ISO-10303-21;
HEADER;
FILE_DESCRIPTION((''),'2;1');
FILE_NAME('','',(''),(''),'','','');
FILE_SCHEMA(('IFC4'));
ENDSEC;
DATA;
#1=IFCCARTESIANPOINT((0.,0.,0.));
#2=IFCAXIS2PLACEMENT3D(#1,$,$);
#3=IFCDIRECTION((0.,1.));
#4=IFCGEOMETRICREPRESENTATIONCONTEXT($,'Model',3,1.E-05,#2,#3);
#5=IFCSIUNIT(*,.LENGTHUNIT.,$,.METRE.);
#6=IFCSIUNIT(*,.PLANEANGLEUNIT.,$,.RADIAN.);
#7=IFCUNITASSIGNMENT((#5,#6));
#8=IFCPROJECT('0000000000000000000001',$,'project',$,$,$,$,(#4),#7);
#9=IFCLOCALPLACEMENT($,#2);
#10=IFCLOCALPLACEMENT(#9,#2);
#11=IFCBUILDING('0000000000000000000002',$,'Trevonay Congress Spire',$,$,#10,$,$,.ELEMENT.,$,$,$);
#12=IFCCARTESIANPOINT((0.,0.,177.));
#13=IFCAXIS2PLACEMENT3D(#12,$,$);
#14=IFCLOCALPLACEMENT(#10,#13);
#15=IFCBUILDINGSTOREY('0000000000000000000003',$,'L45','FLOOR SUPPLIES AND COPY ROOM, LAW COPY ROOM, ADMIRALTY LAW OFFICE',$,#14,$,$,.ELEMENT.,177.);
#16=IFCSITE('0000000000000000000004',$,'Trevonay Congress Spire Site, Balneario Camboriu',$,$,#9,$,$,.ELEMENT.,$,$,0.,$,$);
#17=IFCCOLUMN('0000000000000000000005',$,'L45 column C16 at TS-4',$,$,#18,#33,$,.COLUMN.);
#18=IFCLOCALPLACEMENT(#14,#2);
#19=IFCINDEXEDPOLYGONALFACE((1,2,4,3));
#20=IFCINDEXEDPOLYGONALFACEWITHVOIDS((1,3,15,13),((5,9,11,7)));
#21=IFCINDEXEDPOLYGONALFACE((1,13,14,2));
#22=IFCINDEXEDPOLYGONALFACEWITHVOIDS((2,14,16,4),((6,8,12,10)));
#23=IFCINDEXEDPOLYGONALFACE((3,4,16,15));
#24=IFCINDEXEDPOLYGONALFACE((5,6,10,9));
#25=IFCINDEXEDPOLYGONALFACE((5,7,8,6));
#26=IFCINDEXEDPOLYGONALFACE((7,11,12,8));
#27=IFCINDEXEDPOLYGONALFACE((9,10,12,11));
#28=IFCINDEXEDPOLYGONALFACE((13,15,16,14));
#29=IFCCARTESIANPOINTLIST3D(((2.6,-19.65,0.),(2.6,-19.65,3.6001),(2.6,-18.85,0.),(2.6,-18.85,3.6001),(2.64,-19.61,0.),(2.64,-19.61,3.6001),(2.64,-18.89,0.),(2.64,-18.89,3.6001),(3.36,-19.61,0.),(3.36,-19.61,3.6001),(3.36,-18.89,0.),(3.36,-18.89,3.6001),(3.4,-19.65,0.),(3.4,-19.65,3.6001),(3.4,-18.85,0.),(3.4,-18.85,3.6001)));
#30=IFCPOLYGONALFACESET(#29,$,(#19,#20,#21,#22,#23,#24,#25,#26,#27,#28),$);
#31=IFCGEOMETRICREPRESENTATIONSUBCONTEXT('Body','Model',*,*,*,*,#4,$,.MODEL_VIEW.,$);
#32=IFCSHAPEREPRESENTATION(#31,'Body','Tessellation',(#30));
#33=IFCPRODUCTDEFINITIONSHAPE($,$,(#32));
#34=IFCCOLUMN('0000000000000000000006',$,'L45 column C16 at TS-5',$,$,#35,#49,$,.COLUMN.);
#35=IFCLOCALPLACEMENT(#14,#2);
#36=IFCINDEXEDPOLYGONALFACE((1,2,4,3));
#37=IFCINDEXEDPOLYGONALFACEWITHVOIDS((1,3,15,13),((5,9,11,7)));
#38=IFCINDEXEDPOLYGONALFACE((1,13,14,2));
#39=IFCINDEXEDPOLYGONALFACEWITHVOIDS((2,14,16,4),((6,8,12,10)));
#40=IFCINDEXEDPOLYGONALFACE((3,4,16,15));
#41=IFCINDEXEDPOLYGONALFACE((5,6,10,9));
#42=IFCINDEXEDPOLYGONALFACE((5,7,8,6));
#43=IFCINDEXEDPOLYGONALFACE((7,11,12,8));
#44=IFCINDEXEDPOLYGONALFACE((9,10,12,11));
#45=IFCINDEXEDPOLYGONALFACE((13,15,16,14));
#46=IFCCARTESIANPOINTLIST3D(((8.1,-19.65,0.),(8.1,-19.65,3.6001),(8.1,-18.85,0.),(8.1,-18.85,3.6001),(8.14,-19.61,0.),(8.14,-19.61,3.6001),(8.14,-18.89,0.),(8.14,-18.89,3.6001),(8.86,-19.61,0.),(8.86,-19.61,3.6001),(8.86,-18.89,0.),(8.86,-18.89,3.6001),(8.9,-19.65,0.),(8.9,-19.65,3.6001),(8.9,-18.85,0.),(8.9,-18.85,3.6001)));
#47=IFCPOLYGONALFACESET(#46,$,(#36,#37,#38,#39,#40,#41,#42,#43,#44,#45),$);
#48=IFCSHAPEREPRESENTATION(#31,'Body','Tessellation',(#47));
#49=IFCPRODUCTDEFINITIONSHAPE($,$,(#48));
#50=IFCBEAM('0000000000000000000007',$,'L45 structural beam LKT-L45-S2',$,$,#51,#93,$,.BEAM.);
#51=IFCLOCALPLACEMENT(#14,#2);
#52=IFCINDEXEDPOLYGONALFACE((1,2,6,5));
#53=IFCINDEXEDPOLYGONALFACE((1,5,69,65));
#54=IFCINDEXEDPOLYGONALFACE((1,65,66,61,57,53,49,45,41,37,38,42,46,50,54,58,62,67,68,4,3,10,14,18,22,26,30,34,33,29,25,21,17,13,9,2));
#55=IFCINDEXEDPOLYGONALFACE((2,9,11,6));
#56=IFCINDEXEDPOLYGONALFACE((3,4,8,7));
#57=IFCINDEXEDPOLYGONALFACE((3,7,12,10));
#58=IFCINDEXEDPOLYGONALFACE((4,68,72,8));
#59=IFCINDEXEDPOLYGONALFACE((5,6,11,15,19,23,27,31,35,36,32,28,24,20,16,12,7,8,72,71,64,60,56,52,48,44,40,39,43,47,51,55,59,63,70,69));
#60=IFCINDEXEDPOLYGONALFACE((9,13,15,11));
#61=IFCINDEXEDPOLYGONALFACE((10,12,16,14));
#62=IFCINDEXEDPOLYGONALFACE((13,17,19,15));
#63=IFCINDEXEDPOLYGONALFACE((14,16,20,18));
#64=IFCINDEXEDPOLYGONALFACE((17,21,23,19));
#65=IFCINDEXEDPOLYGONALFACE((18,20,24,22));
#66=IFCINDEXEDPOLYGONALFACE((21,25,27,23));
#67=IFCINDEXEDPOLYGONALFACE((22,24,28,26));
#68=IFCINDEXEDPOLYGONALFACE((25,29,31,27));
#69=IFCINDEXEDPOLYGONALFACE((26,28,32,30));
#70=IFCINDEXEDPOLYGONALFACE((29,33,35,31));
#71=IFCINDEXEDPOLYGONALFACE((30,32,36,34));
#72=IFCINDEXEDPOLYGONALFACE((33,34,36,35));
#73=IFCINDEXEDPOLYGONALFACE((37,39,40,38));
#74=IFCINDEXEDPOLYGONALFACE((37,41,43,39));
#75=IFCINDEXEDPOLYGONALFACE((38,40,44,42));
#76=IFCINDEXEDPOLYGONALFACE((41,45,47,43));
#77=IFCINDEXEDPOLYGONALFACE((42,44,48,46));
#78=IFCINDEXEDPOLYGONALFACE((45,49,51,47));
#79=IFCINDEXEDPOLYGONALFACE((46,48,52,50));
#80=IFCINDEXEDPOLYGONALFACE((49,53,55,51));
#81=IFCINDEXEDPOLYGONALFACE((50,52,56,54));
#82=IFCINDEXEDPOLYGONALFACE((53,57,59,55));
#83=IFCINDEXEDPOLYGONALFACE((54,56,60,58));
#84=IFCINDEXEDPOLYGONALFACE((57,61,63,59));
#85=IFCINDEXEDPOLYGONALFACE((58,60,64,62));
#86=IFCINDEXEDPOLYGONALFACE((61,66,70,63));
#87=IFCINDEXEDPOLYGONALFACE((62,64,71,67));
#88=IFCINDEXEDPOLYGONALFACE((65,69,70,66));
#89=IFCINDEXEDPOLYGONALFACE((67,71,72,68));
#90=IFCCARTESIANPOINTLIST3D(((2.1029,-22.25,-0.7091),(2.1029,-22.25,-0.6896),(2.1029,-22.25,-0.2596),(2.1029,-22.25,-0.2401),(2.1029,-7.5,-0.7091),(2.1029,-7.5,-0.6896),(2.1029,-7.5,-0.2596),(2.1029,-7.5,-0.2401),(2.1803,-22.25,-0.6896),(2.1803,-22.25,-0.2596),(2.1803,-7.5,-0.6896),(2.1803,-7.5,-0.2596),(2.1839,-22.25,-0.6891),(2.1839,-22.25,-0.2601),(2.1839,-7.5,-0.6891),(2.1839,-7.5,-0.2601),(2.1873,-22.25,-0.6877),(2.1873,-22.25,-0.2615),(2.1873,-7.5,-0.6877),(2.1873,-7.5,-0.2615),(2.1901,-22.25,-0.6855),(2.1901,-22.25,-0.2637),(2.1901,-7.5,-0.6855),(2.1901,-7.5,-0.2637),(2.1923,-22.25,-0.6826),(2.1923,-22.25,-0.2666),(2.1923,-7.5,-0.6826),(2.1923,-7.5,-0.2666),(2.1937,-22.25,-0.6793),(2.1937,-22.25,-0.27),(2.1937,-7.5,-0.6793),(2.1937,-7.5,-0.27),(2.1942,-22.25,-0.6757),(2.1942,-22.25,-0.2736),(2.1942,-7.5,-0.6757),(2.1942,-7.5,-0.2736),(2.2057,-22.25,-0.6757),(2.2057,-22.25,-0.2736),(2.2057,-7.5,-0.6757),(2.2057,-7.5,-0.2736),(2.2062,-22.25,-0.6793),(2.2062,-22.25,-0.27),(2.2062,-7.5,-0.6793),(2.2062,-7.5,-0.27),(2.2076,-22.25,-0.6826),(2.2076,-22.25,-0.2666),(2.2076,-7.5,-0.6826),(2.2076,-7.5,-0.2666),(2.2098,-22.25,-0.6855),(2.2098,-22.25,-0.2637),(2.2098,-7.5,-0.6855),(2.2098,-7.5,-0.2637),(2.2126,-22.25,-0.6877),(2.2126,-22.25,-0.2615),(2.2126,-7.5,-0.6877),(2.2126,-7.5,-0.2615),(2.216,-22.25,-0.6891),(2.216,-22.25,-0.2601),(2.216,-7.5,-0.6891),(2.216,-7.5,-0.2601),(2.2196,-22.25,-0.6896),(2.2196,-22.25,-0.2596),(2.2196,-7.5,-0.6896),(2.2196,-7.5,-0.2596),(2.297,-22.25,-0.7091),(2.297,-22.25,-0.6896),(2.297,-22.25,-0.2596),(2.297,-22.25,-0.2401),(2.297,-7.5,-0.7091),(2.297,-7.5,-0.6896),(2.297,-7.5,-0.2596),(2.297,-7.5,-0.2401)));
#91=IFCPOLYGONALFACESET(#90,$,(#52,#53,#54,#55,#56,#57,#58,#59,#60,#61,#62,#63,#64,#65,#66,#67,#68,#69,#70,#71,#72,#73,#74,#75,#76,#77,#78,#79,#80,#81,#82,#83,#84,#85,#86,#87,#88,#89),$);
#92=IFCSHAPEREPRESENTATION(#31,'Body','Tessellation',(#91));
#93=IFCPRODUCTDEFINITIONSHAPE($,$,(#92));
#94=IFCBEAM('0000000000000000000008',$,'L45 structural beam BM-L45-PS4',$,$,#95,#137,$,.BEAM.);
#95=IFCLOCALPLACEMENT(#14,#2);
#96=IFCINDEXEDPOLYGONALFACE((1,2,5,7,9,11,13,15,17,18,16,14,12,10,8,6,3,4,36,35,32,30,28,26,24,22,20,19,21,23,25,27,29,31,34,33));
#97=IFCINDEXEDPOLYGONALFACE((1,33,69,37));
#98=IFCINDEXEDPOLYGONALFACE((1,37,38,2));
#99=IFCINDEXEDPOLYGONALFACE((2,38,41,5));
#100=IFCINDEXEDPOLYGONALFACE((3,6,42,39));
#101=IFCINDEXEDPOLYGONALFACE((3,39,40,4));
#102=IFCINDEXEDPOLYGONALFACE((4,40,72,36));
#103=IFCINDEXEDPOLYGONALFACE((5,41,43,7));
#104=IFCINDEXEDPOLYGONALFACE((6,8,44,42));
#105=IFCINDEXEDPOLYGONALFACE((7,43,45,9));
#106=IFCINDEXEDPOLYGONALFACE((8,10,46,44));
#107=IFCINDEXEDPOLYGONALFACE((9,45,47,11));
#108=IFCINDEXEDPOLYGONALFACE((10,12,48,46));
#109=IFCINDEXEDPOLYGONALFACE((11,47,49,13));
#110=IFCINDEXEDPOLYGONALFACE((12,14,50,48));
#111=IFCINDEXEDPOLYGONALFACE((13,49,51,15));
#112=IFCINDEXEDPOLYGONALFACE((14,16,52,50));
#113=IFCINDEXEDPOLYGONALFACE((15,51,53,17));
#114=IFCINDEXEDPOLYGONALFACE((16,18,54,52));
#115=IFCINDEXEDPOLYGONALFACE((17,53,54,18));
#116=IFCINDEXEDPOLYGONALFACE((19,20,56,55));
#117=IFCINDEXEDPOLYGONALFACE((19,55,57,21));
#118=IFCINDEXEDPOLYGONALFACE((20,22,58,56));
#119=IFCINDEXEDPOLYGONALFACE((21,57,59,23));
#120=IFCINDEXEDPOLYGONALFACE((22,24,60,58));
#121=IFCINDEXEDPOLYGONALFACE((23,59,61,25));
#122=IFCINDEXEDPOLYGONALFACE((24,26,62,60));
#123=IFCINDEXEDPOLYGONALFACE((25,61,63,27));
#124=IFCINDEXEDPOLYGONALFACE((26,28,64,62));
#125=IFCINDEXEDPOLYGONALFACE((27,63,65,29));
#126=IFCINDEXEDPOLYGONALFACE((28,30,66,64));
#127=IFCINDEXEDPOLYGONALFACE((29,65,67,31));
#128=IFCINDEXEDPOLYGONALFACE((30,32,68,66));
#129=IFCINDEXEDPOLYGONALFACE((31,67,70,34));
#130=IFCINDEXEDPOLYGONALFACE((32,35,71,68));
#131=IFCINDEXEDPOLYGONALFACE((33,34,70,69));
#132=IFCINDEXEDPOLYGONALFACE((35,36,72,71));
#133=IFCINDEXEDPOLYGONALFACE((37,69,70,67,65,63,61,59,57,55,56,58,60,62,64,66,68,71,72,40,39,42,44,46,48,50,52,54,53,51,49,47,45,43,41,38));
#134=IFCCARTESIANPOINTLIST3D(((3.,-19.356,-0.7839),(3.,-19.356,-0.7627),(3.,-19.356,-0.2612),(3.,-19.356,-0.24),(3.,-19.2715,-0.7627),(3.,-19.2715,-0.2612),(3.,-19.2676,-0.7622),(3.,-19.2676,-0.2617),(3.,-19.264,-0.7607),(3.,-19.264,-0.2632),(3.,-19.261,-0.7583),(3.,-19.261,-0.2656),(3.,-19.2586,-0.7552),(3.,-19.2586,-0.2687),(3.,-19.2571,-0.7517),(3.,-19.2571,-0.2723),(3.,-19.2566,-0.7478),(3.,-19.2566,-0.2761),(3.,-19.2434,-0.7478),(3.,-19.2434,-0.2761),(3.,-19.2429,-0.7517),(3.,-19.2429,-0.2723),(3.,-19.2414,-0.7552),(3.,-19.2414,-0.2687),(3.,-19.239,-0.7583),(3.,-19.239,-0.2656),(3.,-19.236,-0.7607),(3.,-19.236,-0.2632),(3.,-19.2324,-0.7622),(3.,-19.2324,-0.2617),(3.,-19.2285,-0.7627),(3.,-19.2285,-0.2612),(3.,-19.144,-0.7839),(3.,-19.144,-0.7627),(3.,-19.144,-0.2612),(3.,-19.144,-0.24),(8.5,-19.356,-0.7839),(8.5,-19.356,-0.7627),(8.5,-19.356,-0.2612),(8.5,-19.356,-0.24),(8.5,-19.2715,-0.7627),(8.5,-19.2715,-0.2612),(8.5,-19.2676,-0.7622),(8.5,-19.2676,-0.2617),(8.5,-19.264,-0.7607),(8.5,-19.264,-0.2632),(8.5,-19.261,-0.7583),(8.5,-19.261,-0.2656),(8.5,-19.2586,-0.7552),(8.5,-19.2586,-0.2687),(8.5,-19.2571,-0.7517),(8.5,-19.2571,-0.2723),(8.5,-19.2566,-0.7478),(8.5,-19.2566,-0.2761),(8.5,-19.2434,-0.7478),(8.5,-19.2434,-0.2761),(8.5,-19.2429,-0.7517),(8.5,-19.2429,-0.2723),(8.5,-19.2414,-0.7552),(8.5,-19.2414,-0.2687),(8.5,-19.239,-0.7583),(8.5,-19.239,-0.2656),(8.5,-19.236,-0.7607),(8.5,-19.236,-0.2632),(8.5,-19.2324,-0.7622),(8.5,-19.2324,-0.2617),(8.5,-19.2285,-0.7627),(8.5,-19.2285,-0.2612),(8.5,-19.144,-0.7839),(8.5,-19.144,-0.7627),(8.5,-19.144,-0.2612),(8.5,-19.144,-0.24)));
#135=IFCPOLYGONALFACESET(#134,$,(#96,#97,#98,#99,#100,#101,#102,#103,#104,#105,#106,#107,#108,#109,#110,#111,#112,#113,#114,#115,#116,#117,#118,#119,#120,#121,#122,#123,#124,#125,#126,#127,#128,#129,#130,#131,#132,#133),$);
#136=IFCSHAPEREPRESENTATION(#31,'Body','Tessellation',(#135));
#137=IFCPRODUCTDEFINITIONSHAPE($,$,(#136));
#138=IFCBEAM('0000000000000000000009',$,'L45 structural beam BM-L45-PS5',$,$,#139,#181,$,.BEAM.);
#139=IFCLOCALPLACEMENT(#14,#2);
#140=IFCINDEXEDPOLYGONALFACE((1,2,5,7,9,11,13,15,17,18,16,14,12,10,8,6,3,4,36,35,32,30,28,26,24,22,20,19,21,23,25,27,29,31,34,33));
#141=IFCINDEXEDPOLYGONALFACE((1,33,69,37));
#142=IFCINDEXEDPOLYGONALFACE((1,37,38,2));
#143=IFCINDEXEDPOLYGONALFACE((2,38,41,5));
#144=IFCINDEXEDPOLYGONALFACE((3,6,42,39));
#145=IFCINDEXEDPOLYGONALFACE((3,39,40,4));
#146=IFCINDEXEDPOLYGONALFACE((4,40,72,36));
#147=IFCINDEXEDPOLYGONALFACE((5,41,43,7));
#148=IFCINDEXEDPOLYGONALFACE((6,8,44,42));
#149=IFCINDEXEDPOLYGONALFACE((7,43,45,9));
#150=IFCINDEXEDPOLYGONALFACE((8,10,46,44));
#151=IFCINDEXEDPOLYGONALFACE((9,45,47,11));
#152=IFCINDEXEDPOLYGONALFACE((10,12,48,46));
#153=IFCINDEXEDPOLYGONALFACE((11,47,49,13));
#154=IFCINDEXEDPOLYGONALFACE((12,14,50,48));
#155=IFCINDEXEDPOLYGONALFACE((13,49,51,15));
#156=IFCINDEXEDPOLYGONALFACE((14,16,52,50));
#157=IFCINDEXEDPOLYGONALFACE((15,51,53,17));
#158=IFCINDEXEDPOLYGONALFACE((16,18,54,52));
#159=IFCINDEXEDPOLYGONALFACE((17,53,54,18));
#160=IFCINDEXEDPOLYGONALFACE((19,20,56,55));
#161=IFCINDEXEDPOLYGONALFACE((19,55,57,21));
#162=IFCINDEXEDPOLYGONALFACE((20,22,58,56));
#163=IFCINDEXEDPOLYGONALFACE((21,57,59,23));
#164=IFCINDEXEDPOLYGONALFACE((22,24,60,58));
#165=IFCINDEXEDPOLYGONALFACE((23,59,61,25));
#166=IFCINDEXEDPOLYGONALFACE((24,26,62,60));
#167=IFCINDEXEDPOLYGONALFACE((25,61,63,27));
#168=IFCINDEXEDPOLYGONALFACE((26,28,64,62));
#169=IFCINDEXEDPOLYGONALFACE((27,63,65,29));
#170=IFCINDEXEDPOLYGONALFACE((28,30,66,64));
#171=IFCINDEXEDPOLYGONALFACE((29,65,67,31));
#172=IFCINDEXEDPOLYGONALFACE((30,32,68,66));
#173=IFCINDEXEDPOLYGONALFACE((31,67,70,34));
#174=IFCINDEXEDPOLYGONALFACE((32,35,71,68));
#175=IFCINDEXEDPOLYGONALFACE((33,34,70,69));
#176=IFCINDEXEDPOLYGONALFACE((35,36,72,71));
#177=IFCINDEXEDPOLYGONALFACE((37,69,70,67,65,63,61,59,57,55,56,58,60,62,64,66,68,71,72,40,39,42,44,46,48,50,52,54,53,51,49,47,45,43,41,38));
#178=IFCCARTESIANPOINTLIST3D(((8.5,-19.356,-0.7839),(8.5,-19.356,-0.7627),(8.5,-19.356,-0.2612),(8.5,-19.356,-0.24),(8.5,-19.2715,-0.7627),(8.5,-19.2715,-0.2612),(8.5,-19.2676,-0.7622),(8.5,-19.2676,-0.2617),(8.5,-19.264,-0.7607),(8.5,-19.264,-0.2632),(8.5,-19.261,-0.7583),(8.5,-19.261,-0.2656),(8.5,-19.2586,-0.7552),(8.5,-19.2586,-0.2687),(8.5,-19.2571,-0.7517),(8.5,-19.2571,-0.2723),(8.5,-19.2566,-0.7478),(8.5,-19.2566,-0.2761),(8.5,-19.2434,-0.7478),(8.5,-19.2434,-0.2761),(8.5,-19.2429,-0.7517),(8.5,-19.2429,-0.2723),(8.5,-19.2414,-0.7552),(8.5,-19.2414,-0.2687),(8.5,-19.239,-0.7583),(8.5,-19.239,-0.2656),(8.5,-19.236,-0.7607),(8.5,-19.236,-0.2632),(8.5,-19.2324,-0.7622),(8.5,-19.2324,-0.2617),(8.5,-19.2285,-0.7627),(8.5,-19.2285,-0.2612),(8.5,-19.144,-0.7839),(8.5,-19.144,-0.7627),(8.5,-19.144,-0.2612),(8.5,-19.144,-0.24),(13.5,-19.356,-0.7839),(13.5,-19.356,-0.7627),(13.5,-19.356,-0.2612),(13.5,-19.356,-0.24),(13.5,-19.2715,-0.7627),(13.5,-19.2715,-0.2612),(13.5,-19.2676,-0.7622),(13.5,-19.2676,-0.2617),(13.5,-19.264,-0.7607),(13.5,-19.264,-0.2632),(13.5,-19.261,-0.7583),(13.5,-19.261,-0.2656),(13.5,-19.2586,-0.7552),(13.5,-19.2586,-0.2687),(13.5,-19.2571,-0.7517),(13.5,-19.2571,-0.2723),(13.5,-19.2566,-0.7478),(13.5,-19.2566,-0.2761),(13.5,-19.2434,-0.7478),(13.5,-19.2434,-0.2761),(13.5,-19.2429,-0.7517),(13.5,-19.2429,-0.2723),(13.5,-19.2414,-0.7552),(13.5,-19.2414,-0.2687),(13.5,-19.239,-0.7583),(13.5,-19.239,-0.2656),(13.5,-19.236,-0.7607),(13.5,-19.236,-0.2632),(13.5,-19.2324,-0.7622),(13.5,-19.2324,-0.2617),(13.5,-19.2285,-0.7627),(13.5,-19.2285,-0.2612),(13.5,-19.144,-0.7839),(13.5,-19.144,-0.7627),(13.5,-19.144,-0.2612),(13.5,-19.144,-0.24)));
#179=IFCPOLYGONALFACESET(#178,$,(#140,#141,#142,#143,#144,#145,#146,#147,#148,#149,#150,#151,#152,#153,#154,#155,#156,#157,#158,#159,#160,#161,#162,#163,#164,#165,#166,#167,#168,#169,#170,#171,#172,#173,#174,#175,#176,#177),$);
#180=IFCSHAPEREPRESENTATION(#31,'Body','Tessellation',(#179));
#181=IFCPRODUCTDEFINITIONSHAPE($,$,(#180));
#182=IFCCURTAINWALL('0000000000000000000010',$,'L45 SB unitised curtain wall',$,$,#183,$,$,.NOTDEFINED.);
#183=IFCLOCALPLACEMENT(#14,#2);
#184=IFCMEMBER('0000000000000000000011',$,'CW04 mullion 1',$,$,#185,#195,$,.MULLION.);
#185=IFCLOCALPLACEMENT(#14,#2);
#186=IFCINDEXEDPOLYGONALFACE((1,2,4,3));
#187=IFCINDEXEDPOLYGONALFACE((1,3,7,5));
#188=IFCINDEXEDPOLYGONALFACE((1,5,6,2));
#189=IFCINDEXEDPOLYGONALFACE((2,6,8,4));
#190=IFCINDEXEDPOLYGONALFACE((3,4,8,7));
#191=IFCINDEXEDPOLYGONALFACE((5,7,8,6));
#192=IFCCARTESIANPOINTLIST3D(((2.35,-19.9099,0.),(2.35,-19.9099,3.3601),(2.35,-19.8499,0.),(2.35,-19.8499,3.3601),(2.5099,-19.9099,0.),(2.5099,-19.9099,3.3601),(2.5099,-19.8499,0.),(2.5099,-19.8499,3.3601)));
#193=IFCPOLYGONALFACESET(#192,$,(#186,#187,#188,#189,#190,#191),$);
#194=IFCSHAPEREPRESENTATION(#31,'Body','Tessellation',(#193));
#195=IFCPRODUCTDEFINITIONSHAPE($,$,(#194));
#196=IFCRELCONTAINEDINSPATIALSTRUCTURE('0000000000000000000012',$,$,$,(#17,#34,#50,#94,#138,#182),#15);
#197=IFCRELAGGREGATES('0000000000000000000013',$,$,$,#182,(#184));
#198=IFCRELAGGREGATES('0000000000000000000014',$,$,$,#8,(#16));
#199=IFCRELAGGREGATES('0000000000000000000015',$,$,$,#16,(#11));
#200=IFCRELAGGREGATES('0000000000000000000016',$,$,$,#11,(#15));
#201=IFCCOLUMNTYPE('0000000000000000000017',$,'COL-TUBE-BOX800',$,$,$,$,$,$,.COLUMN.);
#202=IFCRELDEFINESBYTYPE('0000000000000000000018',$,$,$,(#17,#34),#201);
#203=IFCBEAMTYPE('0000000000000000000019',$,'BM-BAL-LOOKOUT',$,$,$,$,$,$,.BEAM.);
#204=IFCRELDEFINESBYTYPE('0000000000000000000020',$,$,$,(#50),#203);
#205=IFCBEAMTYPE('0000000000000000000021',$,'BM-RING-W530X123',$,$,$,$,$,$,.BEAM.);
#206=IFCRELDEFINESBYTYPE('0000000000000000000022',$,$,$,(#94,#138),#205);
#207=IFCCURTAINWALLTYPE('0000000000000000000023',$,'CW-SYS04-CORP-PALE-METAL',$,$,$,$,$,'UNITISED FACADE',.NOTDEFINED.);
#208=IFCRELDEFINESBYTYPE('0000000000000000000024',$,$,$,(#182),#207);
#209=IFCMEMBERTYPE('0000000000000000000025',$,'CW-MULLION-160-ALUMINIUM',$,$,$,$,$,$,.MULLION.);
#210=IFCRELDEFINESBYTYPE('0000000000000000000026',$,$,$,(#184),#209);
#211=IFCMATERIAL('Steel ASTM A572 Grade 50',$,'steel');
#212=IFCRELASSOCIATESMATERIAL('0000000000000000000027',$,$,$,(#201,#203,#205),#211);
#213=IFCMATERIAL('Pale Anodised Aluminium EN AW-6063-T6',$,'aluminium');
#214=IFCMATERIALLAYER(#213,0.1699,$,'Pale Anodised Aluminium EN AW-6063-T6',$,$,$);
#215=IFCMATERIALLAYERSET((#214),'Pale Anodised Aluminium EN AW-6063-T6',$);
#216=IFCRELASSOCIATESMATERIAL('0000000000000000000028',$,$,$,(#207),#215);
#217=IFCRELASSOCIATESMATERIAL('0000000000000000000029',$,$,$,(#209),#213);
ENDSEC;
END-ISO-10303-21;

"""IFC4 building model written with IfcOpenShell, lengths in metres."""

from ifc_helpers import new_model, si_unit, direction, frame, origin, origin_2d, place, context, subcontext, project, spatial, rectangle, hollow_rectangle, i_section, extrude, material, layer, layer_set, material_profile, profile_set, type_object, element, aggregate, save


model = new_model("IFC4")

# Units and contexts
model_context = context("Model", 3, precision=1e-05, world=origin(), true_north=direction((0.0, 1.0)))
body_context = subcontext(model_context, "Body", "Model", "MODEL_VIEW")
ifc_project = project(units=[si_unit("LENGTHUNIT", "METRE"), si_unit("PLANEANGLEUNIT", "RADIAN")], contexts=[model_context])

# Site, building, storey
site_placement = place(None, origin())
site = spatial("IfcSite", under=ifc_project, at=site_placement, Name="Trevonay Congress Spire Site, Balneario Camboriu", CompositionType="ELEMENT", RefElevation=0.0)
building_placement = place(site_placement, origin())
building = spatial("IfcBuilding", under=site, at=building_placement, Name="Trevonay Congress Spire", CompositionType="ELEMENT")
storey_placement = place(building_placement, frame((0.0, 0.0, 177.0)))
storey = spatial("IfcBuildingStorey", under=building, at=storey_placement, Name="L45", Description="FLOOR SUPPLIES AND COPY ROOM, LAW COPY ROOM, ADMIRALTY LAW OFFICE", CompositionType="ELEMENT", Elevation=177.0)

# Columns
ifc_material_1 = material(Name="Steel ASTM A572 Grade 50", Category="steel")
ifc_material_profile_1 = material_profile(ifc_material_1, hollow_rectangle(XDim=0.8, YDim=0.8, WallThickness=0.04, at=origin_2d()), Name="BOX 800x800x40")
ifc_profile_set_1 = profile_set([ifc_material_profile_1], Name="Steel ASTM A572 Grade 50")
column_type = type_object("IfcColumnType", Name="COL-TUBE-BOX800", PredefinedType="COLUMN", material=ifc_profile_set_1)
for number, where, z_axis, x_axis, name in (
    (1, (3.0, -19.25, 0.0), (0.0, 0.0, 1.0), (1.0, 0.0, 0.0), "L45 column C16 at TS-4"),
    (2, (8.5, -19.25, 0.0), (0.0, 0.0, 1.0), (1.0, 0.0, 0.0), "L45 column C16 at TS-5"),
):
    element("IfcColumn", number, at=place(storey_placement, frame(where, z_axis=z_axis, x_axis=x_axis)), inside=storey, type_object=column_type, Name=name, PredefinedType="COLUMN", context=body_context, shape_type="SweptSolid", body=[
        extrude(hollow_rectangle(XDim=0.8, YDim=0.8, WallThickness=0.04, at=origin_2d()), origin(), (0.0, 0.0, 1.0), 3.6001),
    ])

# Beams
ifc_material_profile_2 = material_profile(ifc_material_1, i_section(OverallWidth=0.1941, OverallDepth=0.469, WebThickness=0.0115, FlangeThickness=0.0195, FilletRadius=0.0139, at=origin_2d()), Name="W460x106")
ifc_profile_set_2 = profile_set([ifc_material_profile_2], Name="Steel ASTM A572 Grade 50")
beam_type_1 = type_object("IfcBeamType", Name="BM-BAL-LOOKOUT", PredefinedType="BEAM", material=ifc_profile_set_2)
beam_1_placement = place(storey_placement, frame((2.2, -7.5, -0.4746), z_axis=(0.0, -1.0, 0.0), x_axis=(1.0, 0.0, 0.0)))
element("IfcBeam", 3, at=beam_1_placement, inside=storey, type_object=beam_type_1, Name="L45 structural beam LKT-L45-S2", PredefinedType="BEAM", context=body_context, shape_type="SweptSolid", body=[
    extrude(i_section(OverallWidth=0.1941, OverallDepth=0.469, WebThickness=0.0115, FlangeThickness=0.0195, FilletRadius=0.0139, at=origin_2d()), origin(), (0.0, 0.0, 1.0), 14.75),
])
ifc_material_profile_3 = material_profile(ifc_material_1, i_section(OverallWidth=0.2119, OverallDepth=0.5439, WebThickness=0.0132, FlangeThickness=0.0212, FilletRadius=0.0149, at=origin_2d()), Name="W530x123")
ifc_profile_set_3 = profile_set([ifc_material_profile_3], Name="Steel ASTM A572 Grade 50")
beam_type_2 = type_object("IfcBeamType", Name="BM-RING-W530X123", PredefinedType="BEAM", material=ifc_profile_set_3)
beam_2_placement = place(storey_placement, frame((3.0, -19.25, -0.512), z_axis=(1.0, 0.0, 0.0), x_axis=(0.0, 1.0, 0.0)))
element("IfcBeam", 4, at=beam_2_placement, inside=storey, type_object=beam_type_2, Name="L45 structural beam BM-L45-PS4", PredefinedType="BEAM", context=body_context, shape_type="SweptSolid", body=[
    extrude(i_section(OverallWidth=0.2119, OverallDepth=0.5439, WebThickness=0.0132, FlangeThickness=0.0212, FilletRadius=0.0149, at=origin_2d()), origin(), (0.0, 0.0, 1.0), 5.5),
])
beam_3_placement = place(storey_placement, frame((8.5, -19.25, -0.512), z_axis=(1.0, 0.0, 0.0), x_axis=(0.0, 1.0, 0.0)))
element("IfcBeam", 5, at=beam_3_placement, inside=storey, type_object=beam_type_2, Name="L45 structural beam BM-L45-PS5", PredefinedType="BEAM", context=body_context, shape_type="SweptSolid", body=[
    extrude(i_section(OverallWidth=0.2119, OverallDepth=0.5439, WebThickness=0.0132, FlangeThickness=0.0212, FilletRadius=0.0149, at=origin_2d()), origin(), (0.0, 0.0, 1.0), 5.0),
])

# Curtain wall, member
ifc_material_2 = material(Name="Pale Anodised Aluminium EN AW-6063-T6", Category="aluminium")
ifc_layer_1 = layer(ifc_material_2, 0.1699, Name="Pale Anodised Aluminium EN AW-6063-T6")
ifc_layer_set_1 = layer_set([ifc_layer_1], Name="Pale Anodised Aluminium EN AW-6063-T6")
curtain_wall_type = type_object("IfcCurtainWallType", Name="CW-SYS04-CORP-PALE-METAL", ElementType="UNITISED FACADE", PredefinedType="NOTDEFINED", material=ifc_layer_set_1)
curtain_wall_placement = place(storey_placement, origin())
curtain_wall = element("IfcCurtainWall", 6, at=curtain_wall_placement, inside=storey, type_object=curtain_wall_type, Name="L45 SB unitised curtain wall", PredefinedType="NOTDEFINED")
ifc_material_profile_4 = material_profile(ifc_material_2, rectangle(XDim=0.0601, YDim=0.1599, at=origin_2d()), Name="CW-MULLION-160-ALUMINIUM")
ifc_profile_set_4 = profile_set([ifc_material_profile_4], Name="Pale Anodised Aluminium EN AW-6063-T6")
member_type_1 = type_object("IfcMemberType", Name="CW-MULLION-160-ALUMINIUM", PredefinedType="MULLION", material=ifc_profile_set_4)
member_1_placement = place(storey_placement, frame((2.4299, -19.8799, 0.0), z_axis=(0.0, 0.0, 1.0), x_axis=(0.0, 1.0, 0.0)))
member_1 = element("IfcMember", 7, at=member_1_placement, type_object=member_type_1, Name="CW04 mullion 1", PredefinedType="MULLION", context=body_context, shape_type="SweptSolid", body=[
    extrude(rectangle(XDim=0.0601, YDim=0.1599, at=origin_2d()), origin(), (0.0, 0.0, 1.0), 3.3601),
])
aggregate(curtain_wall, [member_1])

save(model, "model.ifc")
